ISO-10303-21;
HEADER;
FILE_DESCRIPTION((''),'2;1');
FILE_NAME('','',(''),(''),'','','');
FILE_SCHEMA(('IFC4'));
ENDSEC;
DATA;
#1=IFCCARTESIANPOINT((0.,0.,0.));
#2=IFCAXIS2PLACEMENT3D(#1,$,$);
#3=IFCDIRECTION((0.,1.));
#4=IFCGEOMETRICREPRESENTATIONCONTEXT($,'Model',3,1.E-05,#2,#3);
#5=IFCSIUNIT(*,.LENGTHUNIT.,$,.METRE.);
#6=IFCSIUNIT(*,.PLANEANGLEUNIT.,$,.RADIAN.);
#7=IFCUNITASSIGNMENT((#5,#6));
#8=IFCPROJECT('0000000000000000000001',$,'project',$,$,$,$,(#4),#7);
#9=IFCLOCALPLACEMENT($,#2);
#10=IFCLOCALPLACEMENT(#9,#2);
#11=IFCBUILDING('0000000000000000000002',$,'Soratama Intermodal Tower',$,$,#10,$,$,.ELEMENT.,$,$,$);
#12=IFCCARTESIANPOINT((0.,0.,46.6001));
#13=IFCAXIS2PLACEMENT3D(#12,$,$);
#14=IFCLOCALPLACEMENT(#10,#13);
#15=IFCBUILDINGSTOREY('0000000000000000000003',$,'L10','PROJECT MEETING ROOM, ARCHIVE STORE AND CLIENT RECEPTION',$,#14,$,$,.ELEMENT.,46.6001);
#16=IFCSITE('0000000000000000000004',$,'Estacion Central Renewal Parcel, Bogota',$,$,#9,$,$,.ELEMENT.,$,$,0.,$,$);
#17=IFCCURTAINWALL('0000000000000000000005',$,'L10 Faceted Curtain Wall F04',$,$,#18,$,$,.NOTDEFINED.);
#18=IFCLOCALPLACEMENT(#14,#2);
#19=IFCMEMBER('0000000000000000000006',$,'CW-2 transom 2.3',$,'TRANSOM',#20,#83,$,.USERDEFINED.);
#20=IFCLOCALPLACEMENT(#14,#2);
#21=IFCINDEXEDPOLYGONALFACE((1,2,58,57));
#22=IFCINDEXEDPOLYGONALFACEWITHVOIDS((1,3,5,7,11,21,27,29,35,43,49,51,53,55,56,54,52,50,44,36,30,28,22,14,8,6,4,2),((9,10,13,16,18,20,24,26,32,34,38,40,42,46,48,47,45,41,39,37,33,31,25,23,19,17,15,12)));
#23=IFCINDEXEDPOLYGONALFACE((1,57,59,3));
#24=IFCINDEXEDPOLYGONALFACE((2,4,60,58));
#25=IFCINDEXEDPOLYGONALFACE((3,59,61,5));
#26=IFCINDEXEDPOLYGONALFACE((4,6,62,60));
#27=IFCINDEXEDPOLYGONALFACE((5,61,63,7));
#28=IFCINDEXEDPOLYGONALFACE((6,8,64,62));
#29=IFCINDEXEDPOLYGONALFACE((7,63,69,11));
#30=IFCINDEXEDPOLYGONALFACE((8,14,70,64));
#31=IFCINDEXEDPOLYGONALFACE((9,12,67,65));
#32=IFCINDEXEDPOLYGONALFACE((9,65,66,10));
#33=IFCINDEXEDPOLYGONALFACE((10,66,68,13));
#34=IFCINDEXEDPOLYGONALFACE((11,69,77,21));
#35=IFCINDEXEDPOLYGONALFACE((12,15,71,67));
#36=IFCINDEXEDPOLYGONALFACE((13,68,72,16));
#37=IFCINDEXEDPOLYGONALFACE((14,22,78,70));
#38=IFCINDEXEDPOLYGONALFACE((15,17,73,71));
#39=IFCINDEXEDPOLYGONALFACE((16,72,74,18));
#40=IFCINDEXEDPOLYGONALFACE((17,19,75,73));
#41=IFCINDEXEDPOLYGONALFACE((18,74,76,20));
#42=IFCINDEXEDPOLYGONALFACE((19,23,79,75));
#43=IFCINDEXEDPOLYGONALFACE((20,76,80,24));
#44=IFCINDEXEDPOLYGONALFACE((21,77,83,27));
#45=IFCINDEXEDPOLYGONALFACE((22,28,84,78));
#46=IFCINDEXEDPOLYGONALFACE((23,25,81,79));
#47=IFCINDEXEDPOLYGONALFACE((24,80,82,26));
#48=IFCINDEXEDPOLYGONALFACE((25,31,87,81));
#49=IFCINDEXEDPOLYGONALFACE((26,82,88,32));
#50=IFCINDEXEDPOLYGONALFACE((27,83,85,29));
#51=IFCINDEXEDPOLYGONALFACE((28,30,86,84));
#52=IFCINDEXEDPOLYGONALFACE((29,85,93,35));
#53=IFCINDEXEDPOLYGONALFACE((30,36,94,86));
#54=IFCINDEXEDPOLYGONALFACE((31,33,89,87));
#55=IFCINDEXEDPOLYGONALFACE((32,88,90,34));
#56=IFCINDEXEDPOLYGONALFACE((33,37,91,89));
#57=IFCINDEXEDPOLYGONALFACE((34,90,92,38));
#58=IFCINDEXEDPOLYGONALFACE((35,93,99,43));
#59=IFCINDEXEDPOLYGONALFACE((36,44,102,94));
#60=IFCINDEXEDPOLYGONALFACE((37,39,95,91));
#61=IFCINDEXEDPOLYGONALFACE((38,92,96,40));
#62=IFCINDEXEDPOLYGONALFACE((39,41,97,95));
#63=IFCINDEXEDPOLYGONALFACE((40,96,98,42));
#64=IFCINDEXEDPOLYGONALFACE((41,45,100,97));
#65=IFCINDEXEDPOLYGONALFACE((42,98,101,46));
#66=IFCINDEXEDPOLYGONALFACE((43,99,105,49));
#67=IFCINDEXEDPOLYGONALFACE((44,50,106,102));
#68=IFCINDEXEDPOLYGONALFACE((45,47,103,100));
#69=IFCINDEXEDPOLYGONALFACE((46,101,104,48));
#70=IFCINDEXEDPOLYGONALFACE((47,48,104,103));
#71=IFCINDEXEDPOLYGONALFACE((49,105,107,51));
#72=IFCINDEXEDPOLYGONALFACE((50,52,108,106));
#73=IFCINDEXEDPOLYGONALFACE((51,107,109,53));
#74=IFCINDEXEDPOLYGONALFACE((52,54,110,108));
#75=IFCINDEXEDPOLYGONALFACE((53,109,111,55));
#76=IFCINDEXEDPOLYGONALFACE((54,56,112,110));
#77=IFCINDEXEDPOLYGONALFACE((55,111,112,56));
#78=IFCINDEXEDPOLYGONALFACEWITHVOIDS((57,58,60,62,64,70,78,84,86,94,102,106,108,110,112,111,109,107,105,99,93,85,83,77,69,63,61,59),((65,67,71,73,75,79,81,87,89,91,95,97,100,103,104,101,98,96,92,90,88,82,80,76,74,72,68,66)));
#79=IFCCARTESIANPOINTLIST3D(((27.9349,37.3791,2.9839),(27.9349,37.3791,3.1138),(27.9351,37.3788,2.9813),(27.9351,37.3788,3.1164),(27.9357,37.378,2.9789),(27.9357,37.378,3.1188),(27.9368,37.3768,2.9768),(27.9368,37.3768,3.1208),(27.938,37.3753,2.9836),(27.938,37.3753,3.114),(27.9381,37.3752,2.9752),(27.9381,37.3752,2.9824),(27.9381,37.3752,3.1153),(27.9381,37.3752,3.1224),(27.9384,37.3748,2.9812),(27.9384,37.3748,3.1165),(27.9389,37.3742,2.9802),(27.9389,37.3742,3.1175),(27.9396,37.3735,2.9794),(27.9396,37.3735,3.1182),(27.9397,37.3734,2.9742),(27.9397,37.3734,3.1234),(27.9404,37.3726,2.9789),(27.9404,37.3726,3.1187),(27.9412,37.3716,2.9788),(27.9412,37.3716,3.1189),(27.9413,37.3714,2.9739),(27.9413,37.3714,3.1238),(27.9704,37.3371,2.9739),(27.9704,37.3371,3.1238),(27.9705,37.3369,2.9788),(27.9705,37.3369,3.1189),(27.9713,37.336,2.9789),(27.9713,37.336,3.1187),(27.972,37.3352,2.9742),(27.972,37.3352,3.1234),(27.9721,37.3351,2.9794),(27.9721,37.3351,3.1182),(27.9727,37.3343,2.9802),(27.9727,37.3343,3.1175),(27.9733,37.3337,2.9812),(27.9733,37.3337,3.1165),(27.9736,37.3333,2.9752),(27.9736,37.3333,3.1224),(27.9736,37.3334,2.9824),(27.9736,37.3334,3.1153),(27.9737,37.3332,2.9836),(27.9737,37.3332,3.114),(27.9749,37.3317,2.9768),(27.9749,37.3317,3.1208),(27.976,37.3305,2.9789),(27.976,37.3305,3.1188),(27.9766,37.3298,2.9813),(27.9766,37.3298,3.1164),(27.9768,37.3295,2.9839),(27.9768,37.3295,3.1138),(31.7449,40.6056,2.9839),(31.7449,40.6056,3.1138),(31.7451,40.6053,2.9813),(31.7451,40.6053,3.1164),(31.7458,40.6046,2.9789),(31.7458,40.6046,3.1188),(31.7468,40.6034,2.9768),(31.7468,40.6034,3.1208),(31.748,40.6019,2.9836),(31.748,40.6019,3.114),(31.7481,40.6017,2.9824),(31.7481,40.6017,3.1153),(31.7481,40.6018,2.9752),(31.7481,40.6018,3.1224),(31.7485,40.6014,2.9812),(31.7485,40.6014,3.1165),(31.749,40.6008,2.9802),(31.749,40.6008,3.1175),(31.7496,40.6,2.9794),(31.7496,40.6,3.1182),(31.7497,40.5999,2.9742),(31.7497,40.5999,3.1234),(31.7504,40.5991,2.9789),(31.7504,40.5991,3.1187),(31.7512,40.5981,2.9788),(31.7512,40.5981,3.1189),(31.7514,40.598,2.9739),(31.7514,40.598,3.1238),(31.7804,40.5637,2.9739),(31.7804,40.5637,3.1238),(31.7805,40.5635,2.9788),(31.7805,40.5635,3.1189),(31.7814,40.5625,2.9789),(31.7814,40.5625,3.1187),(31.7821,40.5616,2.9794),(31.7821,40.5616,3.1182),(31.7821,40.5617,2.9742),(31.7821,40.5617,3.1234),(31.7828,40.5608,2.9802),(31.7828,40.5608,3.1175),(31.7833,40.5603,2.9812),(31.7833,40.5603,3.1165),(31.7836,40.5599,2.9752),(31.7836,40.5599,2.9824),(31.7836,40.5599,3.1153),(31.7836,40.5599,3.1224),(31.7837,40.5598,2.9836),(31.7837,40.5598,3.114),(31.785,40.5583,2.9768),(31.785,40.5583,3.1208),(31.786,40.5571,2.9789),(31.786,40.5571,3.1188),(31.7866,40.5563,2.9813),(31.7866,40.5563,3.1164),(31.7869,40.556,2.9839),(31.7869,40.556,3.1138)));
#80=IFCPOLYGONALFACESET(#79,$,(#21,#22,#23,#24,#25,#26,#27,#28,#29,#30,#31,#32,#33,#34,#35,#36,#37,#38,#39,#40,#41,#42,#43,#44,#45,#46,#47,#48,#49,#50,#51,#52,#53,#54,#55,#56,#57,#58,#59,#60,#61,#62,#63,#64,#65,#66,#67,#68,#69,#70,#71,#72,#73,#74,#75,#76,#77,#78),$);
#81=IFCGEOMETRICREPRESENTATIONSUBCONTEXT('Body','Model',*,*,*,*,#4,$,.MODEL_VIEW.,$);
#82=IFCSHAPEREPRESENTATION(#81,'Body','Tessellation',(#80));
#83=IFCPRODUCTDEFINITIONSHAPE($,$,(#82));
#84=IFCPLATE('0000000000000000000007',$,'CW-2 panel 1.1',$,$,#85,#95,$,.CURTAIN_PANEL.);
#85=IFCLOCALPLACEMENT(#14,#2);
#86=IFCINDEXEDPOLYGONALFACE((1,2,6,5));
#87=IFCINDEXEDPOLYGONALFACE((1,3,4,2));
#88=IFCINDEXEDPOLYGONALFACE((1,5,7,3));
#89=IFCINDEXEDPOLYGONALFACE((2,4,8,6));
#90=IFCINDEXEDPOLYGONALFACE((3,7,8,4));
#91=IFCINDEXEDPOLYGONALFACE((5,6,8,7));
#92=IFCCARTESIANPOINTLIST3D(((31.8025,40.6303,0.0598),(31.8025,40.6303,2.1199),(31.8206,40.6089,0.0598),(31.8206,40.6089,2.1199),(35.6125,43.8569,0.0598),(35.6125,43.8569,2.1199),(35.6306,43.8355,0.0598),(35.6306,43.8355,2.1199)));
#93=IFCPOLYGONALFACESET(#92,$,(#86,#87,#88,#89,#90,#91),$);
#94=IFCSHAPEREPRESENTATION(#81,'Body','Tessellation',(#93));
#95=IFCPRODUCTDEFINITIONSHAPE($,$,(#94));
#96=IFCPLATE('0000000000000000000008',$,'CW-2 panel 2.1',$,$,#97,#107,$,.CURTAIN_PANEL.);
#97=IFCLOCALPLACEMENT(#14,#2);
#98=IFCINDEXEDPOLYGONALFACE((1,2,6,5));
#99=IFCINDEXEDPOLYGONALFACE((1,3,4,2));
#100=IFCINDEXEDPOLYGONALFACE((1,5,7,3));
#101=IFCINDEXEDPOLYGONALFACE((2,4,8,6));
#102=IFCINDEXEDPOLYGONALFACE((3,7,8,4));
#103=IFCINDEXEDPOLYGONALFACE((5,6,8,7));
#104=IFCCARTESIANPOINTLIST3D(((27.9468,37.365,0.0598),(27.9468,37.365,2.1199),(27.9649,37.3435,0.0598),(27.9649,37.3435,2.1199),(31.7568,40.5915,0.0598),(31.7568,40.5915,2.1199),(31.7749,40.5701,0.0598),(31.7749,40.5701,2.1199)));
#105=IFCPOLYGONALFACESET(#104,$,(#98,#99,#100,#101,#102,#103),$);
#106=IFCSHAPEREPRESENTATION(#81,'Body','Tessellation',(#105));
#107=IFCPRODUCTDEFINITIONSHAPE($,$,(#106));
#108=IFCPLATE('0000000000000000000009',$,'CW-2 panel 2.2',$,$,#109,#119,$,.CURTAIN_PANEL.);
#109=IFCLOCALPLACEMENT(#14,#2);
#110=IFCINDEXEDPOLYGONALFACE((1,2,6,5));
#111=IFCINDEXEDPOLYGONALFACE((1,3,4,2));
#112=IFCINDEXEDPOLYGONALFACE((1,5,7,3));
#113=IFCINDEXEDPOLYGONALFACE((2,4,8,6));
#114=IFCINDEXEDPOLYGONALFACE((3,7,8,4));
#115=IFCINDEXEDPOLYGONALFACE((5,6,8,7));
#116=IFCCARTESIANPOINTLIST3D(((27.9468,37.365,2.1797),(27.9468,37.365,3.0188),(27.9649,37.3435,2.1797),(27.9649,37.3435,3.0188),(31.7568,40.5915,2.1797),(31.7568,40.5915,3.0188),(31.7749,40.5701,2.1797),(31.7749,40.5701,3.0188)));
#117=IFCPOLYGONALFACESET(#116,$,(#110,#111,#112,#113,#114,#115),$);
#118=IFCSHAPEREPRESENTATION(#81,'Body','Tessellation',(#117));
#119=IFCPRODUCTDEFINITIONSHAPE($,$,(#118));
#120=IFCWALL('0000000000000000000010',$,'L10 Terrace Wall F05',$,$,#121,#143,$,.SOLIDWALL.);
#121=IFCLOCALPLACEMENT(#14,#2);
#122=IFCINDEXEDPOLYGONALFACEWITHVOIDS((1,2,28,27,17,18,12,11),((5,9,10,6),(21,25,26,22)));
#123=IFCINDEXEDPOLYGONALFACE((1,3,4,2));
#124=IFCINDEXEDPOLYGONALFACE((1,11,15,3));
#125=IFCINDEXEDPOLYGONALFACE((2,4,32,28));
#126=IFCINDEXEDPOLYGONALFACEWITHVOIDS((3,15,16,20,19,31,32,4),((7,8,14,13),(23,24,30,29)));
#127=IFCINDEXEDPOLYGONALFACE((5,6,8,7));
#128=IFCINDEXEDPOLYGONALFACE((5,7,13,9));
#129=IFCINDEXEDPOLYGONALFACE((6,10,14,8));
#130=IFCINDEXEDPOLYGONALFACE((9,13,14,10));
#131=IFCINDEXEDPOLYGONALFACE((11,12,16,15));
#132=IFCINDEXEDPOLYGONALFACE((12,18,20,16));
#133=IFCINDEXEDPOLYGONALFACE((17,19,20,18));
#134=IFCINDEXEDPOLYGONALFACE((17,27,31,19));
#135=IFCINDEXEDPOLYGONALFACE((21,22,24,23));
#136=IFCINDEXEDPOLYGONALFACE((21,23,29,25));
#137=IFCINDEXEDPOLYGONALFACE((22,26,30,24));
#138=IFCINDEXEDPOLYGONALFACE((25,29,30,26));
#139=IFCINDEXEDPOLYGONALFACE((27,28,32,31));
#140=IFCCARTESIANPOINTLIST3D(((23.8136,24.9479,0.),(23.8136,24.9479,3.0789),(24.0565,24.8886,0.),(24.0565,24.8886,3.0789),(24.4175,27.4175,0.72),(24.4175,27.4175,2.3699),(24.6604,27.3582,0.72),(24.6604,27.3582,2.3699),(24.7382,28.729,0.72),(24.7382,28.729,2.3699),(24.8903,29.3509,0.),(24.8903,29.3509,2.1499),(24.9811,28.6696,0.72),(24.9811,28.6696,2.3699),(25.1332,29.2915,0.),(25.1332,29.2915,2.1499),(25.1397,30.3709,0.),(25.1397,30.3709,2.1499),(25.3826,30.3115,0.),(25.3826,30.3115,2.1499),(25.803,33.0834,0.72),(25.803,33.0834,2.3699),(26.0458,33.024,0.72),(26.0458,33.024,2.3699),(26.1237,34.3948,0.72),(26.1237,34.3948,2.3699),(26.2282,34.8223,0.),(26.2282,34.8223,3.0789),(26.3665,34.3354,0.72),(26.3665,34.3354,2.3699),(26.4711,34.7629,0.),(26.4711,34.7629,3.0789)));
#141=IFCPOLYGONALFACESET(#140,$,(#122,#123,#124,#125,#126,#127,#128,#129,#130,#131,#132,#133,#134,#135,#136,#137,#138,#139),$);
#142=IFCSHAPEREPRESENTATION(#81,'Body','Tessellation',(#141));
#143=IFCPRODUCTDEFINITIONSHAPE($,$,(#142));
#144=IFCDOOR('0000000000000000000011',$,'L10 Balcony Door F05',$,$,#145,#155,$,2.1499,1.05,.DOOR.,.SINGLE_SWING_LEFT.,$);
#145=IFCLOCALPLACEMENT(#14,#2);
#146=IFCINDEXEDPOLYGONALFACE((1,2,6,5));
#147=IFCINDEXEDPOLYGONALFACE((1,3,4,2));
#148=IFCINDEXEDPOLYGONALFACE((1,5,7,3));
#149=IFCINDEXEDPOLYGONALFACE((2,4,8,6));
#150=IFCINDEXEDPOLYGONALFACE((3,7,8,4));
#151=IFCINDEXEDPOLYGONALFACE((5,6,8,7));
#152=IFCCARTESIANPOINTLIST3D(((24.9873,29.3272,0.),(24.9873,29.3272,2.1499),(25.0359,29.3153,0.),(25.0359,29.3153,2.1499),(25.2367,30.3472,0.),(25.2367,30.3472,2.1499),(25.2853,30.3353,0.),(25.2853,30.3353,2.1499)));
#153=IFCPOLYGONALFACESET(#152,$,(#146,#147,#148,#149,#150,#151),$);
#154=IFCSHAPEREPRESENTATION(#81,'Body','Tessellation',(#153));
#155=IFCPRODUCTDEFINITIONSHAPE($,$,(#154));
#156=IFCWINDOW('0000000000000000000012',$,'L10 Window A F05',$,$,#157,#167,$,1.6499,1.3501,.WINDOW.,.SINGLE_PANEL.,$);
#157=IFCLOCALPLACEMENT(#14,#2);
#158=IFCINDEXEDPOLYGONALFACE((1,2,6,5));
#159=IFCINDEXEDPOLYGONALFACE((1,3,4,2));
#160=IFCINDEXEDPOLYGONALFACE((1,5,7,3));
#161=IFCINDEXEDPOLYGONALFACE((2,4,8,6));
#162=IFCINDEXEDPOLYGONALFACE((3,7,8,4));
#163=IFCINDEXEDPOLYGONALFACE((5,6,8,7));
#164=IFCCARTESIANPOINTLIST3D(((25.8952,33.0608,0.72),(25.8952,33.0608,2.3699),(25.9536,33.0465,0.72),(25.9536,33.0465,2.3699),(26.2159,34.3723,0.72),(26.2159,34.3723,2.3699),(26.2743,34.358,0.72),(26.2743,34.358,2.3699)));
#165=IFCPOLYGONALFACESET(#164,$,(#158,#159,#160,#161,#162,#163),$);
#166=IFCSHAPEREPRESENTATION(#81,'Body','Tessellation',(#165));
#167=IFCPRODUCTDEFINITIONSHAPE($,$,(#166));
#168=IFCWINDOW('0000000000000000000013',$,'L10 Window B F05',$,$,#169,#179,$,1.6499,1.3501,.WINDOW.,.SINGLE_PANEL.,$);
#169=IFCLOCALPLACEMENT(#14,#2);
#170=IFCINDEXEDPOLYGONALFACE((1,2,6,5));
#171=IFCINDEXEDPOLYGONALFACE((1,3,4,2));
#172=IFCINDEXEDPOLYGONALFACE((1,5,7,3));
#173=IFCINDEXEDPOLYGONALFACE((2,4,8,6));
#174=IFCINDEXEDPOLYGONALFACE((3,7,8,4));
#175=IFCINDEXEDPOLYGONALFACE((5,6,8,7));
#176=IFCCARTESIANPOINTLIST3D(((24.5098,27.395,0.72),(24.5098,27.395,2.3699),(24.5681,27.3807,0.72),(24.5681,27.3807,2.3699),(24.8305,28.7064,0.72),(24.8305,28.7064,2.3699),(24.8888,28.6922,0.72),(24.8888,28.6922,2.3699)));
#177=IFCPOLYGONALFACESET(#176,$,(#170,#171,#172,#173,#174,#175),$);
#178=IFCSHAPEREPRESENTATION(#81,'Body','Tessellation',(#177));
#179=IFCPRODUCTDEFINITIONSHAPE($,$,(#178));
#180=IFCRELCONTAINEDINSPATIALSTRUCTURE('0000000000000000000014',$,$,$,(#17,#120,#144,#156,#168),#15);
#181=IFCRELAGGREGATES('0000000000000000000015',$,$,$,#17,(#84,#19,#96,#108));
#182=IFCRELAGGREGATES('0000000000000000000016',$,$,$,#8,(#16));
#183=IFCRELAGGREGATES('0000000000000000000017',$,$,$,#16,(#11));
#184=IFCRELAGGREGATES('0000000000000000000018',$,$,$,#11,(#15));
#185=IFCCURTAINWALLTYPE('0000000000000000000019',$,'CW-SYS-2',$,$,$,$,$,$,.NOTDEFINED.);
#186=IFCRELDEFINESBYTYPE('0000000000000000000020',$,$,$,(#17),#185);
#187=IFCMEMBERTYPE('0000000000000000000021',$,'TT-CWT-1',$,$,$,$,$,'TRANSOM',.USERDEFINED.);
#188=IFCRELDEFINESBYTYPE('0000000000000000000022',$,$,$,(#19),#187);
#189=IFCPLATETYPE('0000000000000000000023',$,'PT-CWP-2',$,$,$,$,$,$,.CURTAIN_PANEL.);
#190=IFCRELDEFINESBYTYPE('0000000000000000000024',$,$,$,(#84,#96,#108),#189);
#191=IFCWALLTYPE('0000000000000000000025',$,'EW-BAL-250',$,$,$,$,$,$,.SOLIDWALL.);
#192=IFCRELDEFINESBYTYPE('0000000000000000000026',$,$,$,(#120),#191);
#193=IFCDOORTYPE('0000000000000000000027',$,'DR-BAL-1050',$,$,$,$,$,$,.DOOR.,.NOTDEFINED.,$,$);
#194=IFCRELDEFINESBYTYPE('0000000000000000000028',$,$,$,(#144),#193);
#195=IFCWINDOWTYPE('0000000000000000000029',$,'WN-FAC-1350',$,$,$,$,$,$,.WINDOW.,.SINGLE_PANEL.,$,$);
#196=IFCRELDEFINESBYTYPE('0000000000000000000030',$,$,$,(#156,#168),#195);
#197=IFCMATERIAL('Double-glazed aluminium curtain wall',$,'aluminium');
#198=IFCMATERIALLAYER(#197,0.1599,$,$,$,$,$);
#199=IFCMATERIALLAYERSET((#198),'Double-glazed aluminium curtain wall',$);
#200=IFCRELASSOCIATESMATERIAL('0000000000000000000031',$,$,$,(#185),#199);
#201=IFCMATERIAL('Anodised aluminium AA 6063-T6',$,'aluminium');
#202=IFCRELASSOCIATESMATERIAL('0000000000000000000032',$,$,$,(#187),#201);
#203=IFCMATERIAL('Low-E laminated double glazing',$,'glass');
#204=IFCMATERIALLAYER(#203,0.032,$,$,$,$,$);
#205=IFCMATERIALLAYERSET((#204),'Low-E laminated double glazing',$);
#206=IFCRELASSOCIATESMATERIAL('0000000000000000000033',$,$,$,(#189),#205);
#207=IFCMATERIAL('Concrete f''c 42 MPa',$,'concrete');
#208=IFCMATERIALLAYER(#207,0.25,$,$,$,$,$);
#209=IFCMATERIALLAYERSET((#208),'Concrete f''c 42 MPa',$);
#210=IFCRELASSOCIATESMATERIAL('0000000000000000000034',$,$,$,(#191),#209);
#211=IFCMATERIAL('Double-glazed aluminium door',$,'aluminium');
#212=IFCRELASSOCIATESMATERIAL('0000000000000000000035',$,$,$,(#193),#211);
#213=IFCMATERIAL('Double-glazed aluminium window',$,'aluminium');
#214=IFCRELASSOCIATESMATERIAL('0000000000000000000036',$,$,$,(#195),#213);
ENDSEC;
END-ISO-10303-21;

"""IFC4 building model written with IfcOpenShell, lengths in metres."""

from ifc_helpers import new_model, si_unit, direction, frame, frame_2d, origin, origin_2d, place, context, subcontext, project, spatial, rectangle, hollow_rectangle, extrude, material, layer, layer_set, material_profile, profile_set, type_object, element, fill, aggregate, save


model = new_model("IFC4")

# Units and contexts
model_context = context("Model", 3, precision=1e-05, world=origin(), true_north=direction((0.0, 1.0)))
body_context = subcontext(model_context, "Body", "Model", "MODEL_VIEW")
ifc_project = project(units=[si_unit("LENGTHUNIT", "METRE"), si_unit("PLANEANGLEUNIT", "RADIAN")], contexts=[model_context])

# Site, building, storey
site_placement = place(None, origin())
site = spatial("IfcSite", under=ifc_project, at=site_placement, Name="Estacion Central Renewal Parcel, Bogota", CompositionType="ELEMENT", RefElevation=0.0)
building_placement = place(site_placement, origin())
building = spatial("IfcBuilding", under=site, at=building_placement, Name="Soratama Intermodal Tower", CompositionType="ELEMENT")
storey_placement = place(building_placement, frame((0.0, 0.0, 46.6001)))
storey = spatial("IfcBuildingStorey", under=building, at=storey_placement, Name="L10", Description="PROJECT MEETING ROOM, ARCHIVE STORE AND CLIENT RECEPTION", CompositionType="ELEMENT", Elevation=46.6001)

# Curtain wall, member, plates
ifc_material_1 = material(Name="Double-glazed aluminium curtain wall", Category="aluminium")
ifc_layer_1 = layer(ifc_material_1, 0.1599)
ifc_layer_set_1 = layer_set([ifc_layer_1], Name="Double-glazed aluminium curtain wall")
curtain_wall_type = type_object("IfcCurtainWallType", Name="CW-SYS-2", PredefinedType="NOTDEFINED", material=ifc_layer_set_1)
curtain_wall_placement = place(storey_placement, origin())
curtain_wall = element("IfcCurtainWall", 1, at=curtain_wall_placement, inside=storey, type_object=curtain_wall_type, Name="L10 Faceted Curtain Wall F04", PredefinedType="NOTDEFINED")
ifc_material_2 = material(Name="Anodised aluminium AA 6063-T6", Category="aluminium")
ifc_material_profile_1 = material_profile(ifc_material_2, hollow_rectangle(XDim=0.0649, YDim=0.1499, WallThickness=0.0049, InnerFilletRadius=0.0049, OuterFilletRadius=0.01, at=origin_2d()), Name="CWT150X65X5")
ifc_profile_set_1 = profile_set([ifc_material_profile_1], Name="Anodised aluminium AA 6063-T6")
member_type_1 = type_object("IfcMemberType", Name="TT-CWT-1", ElementType="TRANSOM", PredefinedType="USERDEFINED", material=ifc_profile_set_1)
member_1_placement = place(storey_placement, frame((31.7659, 40.5808, 3.0488), z_axis=(-0.763123, -0.646253, 0.0), x_axis=(0.646253, -0.763123, 0.0)))
member_1 = element("IfcMember", 2, at=member_1_placement, type_object=member_type_1, Name="CW-2 transom 2.3", ObjectType="TRANSOM", PredefinedType="USERDEFINED", context=body_context, shape_type="SweptSolid", body=[
    extrude(hollow_rectangle(XDim=0.0649, YDim=0.1499, WallThickness=0.0049, InnerFilletRadius=0.0049, OuterFilletRadius=0.01, at=origin_2d()), origin(), (0.0, 0.0, 1.0), 4.9927),
])
ifc_material_3 = material(Name="Low-E laminated double glazing", Category="glass")
ifc_layer_2 = layer(ifc_material_3, 0.032)
ifc_layer_set_2 = layer_set([ifc_layer_2], Name="Low-E laminated double glazing")
plate_type = type_object("IfcPlateType", Name="PT-CWP-2", PredefinedType="CURTAIN_PANEL", material=ifc_layer_set_2)
plate_1_placement = place(storey_placement, frame((33.7166, 42.2329, 0.0598), z_axis=(0.0, 0.0, 1.0), x_axis=(-0.763118, -0.646259, 0.0)))
plate_1 = element("IfcPlate", 3, at=plate_1_placement, type_object=plate_type, Name="CW-2 panel 1.1", PredefinedType="CURTAIN_PANEL", context=body_context, shape_type="SweptSolid", body=[
    extrude(rectangle(XDim=4.9927, YDim=0.0281, at=origin_2d()), origin(), (0.0, 0.0, 1.0), 2.0601),
])
plate_2_placement = place(storey_placement, frame((29.8608, 38.9675, 0.0598), z_axis=(0.0, 0.0, 1.0), x_axis=(-0.763118, -0.646259, 0.0)))
plate_2 = element("IfcPlate", 4, at=plate_2_placement, type_object=plate_type, Name="CW-2 panel 2.1", PredefinedType="CURTAIN_PANEL", context=body_context, shape_type="SweptSolid", body=[
    extrude(rectangle(XDim=4.9927, YDim=0.0281, at=origin_2d()), origin(), (0.0, 0.0, 1.0), 2.0601),
])
plate_3_placement = place(storey_placement, frame((29.8608, 38.9675, 2.1797), z_axis=(0.0, 0.0, 1.0), x_axis=(-0.763118, -0.646259, 0.0)))
plate_3 = element("IfcPlate", 5, at=plate_3_placement, type_object=plate_type, Name="CW-2 panel 2.2", PredefinedType="CURTAIN_PANEL", context=body_context, shape_type="SweptSolid", body=[
    extrude(rectangle(XDim=4.9927, YDim=0.0281, at=origin_2d()), origin(), (0.0, 0.0, 1.0), 0.8391),
])
aggregate(curtain_wall, [plate_1, member_1, plate_2, plate_3])

# Wall, openings, door, windows
ifc_material_4 = material(Name="Concrete f'c 42 MPa", Category="concrete")
ifc_layer_3 = layer(ifc_material_4, 0.25)
ifc_layer_set_3 = layer_set([ifc_layer_3], Name="Concrete f'c 42 MPa")
wall_type_1 = type_object("IfcWallType", Name="EW-BAL-250", PredefinedType="SOLIDWALL", material=ifc_layer_set_3)
wall_1_placement = place(storey_placement, frame((26.3496, 34.7925, 0.0), z_axis=(0.0, 0.0, 1.0), x_axis=(-0.237531, -0.97138, 0.0)))
wall_1 = element("IfcWall", 6, at=wall_1_placement, inside=storey, type_object=wall_type_1, Name="L10 Terrace Wall F05", PredefinedType="SOLIDWALL", context=body_context, shape_type="SweptSolid", body=[
    extrude(rectangle(XDim=10.1653, YDim=0.25, at=frame_2d((5.0825, 0.0))), origin(), (0.0, 0.0, 1.0), 3.0789),
])
opening_1_placement = place(wall_1_placement, frame((4.5825, 0.0, 0.0)))
opening_1 = element("IfcOpeningElement", 7, at=opening_1_placement, cuts=wall_1, PredefinedType="OPENING", context=body_context, shape_type="SweptSolid", body=[
    extrude(rectangle(XDim=1.05, YDim=2.1499, at=frame_2d((0.5249, 1.075))), frame((0.0, 0.135, 0.0), z_axis=(0.0, -1.0, 0.0), x_axis=(1.0, 0.0, 0.0)), (0.0, 0.0, 1.0), 0.27),
])
opening_2_placement = place(wall_1_placement, frame((0.4399, 0.0, 0.72)))
opening_2 = element("IfcOpeningElement", 8, at=opening_2_placement, cuts=wall_1, PredefinedType="OPENING", context=body_context, shape_type="SweptSolid", body=[
    extrude(rectangle(XDim=1.3501, YDim=1.6499, at=frame_2d((0.675, 0.825))), frame((0.0, 0.135, 0.0), z_axis=(0.0, -1.0, 0.0), x_axis=(1.0, 0.0, 0.0)), (0.0, 0.0, 1.0), 0.27),
])
opening_3_placement = place(wall_1_placement, frame((6.2727, 0.0, 0.72)))
opening_3 = element("IfcOpeningElement", 9, at=opening_3_placement, cuts=wall_1, PredefinedType="OPENING", context=body_context, shape_type="SweptSolid", body=[
    extrude(rectangle(XDim=1.3501, YDim=1.6499, at=frame_2d((0.675, 0.825))), frame((0.0, 0.135, 0.0), z_axis=(0.0, -1.0, 0.0), x_axis=(1.0, 0.0, 0.0)), (0.0, 0.0, 1.0), 0.27),
])
ifc_material_5 = material(Name="Double-glazed aluminium door", Category="aluminium")
door_type_1 = type_object("IfcDoorType", Name="DR-BAL-1050", OperationType="NOTDEFINED", PredefinedType="DOOR", material=ifc_material_5)
door_1_placement = place(opening_1_placement, origin())
door_1 = element("IfcDoor", 10, at=door_1_placement, inside=storey, type_object=door_type_1, Name="L10 Balcony Door F05", OperationType="SINGLE_SWING_LEFT", OverallHeight=2.1499, OverallWidth=1.05, PredefinedType="DOOR", context=body_context, shape_type="SweptSolid", body=[
    extrude(rectangle(XDim=1.05, YDim=2.1499, at=frame_2d((0.5249, 1.075))), frame((0.0, 0.0249, 0.0), z_axis=(0.0, -1.0, 0.0), x_axis=(1.0, 0.0, 0.0)), (0.0, 0.0, 1.0), 0.05),
])
fill(opening_1, door_1)
ifc_material_6 = material(Name="Double-glazed aluminium window", Category="aluminium")
window_type_1 = type_object("IfcWindowType", Name="WN-FAC-1350", PartitioningType="SINGLE_PANEL", PredefinedType="WINDOW", material=ifc_material_6)
window_1_placement = place(opening_2_placement, origin())
window_1 = element("IfcWindow", 11, at=window_1_placement, inside=storey, type_object=window_type_1, Name="L10 Window A F05", OverallHeight=1.6499, OverallWidth=1.3501, PartitioningType="SINGLE_PANEL", PredefinedType="WINDOW", context=body_context, shape_type="SweptSolid", body=[
    extrude(rectangle(XDim=1.3501, YDim=1.6499, at=frame_2d((0.675, 0.825))), frame((0.0, 0.03, 0.0), z_axis=(0.0, -1.0, 0.0), x_axis=(1.0, 0.0, 0.0)), (0.0, 0.0, 1.0), 0.0601),
])
fill(opening_2, window_1)
window_2_placement = place(opening_3_placement, origin())
window_2 = element("IfcWindow", 12, at=window_2_placement, inside=storey, type_object=window_type_1, Name="L10 Window B F05", OverallHeight=1.6499, OverallWidth=1.3501, PartitioningType="SINGLE_PANEL", PredefinedType="WINDOW", context=body_context, shape_type="SweptSolid", body=[
    extrude(rectangle(XDim=1.3501, YDim=1.6499, at=frame_2d((0.675, 0.825))), frame((0.0, 0.03, 0.0), z_axis=(0.0, -1.0, 0.0), x_axis=(1.0, 0.0, 0.0)), (0.0, 0.0, 1.0), 0.0601),
])
fill(opening_3, window_2)

save(model, "model.ifc")
